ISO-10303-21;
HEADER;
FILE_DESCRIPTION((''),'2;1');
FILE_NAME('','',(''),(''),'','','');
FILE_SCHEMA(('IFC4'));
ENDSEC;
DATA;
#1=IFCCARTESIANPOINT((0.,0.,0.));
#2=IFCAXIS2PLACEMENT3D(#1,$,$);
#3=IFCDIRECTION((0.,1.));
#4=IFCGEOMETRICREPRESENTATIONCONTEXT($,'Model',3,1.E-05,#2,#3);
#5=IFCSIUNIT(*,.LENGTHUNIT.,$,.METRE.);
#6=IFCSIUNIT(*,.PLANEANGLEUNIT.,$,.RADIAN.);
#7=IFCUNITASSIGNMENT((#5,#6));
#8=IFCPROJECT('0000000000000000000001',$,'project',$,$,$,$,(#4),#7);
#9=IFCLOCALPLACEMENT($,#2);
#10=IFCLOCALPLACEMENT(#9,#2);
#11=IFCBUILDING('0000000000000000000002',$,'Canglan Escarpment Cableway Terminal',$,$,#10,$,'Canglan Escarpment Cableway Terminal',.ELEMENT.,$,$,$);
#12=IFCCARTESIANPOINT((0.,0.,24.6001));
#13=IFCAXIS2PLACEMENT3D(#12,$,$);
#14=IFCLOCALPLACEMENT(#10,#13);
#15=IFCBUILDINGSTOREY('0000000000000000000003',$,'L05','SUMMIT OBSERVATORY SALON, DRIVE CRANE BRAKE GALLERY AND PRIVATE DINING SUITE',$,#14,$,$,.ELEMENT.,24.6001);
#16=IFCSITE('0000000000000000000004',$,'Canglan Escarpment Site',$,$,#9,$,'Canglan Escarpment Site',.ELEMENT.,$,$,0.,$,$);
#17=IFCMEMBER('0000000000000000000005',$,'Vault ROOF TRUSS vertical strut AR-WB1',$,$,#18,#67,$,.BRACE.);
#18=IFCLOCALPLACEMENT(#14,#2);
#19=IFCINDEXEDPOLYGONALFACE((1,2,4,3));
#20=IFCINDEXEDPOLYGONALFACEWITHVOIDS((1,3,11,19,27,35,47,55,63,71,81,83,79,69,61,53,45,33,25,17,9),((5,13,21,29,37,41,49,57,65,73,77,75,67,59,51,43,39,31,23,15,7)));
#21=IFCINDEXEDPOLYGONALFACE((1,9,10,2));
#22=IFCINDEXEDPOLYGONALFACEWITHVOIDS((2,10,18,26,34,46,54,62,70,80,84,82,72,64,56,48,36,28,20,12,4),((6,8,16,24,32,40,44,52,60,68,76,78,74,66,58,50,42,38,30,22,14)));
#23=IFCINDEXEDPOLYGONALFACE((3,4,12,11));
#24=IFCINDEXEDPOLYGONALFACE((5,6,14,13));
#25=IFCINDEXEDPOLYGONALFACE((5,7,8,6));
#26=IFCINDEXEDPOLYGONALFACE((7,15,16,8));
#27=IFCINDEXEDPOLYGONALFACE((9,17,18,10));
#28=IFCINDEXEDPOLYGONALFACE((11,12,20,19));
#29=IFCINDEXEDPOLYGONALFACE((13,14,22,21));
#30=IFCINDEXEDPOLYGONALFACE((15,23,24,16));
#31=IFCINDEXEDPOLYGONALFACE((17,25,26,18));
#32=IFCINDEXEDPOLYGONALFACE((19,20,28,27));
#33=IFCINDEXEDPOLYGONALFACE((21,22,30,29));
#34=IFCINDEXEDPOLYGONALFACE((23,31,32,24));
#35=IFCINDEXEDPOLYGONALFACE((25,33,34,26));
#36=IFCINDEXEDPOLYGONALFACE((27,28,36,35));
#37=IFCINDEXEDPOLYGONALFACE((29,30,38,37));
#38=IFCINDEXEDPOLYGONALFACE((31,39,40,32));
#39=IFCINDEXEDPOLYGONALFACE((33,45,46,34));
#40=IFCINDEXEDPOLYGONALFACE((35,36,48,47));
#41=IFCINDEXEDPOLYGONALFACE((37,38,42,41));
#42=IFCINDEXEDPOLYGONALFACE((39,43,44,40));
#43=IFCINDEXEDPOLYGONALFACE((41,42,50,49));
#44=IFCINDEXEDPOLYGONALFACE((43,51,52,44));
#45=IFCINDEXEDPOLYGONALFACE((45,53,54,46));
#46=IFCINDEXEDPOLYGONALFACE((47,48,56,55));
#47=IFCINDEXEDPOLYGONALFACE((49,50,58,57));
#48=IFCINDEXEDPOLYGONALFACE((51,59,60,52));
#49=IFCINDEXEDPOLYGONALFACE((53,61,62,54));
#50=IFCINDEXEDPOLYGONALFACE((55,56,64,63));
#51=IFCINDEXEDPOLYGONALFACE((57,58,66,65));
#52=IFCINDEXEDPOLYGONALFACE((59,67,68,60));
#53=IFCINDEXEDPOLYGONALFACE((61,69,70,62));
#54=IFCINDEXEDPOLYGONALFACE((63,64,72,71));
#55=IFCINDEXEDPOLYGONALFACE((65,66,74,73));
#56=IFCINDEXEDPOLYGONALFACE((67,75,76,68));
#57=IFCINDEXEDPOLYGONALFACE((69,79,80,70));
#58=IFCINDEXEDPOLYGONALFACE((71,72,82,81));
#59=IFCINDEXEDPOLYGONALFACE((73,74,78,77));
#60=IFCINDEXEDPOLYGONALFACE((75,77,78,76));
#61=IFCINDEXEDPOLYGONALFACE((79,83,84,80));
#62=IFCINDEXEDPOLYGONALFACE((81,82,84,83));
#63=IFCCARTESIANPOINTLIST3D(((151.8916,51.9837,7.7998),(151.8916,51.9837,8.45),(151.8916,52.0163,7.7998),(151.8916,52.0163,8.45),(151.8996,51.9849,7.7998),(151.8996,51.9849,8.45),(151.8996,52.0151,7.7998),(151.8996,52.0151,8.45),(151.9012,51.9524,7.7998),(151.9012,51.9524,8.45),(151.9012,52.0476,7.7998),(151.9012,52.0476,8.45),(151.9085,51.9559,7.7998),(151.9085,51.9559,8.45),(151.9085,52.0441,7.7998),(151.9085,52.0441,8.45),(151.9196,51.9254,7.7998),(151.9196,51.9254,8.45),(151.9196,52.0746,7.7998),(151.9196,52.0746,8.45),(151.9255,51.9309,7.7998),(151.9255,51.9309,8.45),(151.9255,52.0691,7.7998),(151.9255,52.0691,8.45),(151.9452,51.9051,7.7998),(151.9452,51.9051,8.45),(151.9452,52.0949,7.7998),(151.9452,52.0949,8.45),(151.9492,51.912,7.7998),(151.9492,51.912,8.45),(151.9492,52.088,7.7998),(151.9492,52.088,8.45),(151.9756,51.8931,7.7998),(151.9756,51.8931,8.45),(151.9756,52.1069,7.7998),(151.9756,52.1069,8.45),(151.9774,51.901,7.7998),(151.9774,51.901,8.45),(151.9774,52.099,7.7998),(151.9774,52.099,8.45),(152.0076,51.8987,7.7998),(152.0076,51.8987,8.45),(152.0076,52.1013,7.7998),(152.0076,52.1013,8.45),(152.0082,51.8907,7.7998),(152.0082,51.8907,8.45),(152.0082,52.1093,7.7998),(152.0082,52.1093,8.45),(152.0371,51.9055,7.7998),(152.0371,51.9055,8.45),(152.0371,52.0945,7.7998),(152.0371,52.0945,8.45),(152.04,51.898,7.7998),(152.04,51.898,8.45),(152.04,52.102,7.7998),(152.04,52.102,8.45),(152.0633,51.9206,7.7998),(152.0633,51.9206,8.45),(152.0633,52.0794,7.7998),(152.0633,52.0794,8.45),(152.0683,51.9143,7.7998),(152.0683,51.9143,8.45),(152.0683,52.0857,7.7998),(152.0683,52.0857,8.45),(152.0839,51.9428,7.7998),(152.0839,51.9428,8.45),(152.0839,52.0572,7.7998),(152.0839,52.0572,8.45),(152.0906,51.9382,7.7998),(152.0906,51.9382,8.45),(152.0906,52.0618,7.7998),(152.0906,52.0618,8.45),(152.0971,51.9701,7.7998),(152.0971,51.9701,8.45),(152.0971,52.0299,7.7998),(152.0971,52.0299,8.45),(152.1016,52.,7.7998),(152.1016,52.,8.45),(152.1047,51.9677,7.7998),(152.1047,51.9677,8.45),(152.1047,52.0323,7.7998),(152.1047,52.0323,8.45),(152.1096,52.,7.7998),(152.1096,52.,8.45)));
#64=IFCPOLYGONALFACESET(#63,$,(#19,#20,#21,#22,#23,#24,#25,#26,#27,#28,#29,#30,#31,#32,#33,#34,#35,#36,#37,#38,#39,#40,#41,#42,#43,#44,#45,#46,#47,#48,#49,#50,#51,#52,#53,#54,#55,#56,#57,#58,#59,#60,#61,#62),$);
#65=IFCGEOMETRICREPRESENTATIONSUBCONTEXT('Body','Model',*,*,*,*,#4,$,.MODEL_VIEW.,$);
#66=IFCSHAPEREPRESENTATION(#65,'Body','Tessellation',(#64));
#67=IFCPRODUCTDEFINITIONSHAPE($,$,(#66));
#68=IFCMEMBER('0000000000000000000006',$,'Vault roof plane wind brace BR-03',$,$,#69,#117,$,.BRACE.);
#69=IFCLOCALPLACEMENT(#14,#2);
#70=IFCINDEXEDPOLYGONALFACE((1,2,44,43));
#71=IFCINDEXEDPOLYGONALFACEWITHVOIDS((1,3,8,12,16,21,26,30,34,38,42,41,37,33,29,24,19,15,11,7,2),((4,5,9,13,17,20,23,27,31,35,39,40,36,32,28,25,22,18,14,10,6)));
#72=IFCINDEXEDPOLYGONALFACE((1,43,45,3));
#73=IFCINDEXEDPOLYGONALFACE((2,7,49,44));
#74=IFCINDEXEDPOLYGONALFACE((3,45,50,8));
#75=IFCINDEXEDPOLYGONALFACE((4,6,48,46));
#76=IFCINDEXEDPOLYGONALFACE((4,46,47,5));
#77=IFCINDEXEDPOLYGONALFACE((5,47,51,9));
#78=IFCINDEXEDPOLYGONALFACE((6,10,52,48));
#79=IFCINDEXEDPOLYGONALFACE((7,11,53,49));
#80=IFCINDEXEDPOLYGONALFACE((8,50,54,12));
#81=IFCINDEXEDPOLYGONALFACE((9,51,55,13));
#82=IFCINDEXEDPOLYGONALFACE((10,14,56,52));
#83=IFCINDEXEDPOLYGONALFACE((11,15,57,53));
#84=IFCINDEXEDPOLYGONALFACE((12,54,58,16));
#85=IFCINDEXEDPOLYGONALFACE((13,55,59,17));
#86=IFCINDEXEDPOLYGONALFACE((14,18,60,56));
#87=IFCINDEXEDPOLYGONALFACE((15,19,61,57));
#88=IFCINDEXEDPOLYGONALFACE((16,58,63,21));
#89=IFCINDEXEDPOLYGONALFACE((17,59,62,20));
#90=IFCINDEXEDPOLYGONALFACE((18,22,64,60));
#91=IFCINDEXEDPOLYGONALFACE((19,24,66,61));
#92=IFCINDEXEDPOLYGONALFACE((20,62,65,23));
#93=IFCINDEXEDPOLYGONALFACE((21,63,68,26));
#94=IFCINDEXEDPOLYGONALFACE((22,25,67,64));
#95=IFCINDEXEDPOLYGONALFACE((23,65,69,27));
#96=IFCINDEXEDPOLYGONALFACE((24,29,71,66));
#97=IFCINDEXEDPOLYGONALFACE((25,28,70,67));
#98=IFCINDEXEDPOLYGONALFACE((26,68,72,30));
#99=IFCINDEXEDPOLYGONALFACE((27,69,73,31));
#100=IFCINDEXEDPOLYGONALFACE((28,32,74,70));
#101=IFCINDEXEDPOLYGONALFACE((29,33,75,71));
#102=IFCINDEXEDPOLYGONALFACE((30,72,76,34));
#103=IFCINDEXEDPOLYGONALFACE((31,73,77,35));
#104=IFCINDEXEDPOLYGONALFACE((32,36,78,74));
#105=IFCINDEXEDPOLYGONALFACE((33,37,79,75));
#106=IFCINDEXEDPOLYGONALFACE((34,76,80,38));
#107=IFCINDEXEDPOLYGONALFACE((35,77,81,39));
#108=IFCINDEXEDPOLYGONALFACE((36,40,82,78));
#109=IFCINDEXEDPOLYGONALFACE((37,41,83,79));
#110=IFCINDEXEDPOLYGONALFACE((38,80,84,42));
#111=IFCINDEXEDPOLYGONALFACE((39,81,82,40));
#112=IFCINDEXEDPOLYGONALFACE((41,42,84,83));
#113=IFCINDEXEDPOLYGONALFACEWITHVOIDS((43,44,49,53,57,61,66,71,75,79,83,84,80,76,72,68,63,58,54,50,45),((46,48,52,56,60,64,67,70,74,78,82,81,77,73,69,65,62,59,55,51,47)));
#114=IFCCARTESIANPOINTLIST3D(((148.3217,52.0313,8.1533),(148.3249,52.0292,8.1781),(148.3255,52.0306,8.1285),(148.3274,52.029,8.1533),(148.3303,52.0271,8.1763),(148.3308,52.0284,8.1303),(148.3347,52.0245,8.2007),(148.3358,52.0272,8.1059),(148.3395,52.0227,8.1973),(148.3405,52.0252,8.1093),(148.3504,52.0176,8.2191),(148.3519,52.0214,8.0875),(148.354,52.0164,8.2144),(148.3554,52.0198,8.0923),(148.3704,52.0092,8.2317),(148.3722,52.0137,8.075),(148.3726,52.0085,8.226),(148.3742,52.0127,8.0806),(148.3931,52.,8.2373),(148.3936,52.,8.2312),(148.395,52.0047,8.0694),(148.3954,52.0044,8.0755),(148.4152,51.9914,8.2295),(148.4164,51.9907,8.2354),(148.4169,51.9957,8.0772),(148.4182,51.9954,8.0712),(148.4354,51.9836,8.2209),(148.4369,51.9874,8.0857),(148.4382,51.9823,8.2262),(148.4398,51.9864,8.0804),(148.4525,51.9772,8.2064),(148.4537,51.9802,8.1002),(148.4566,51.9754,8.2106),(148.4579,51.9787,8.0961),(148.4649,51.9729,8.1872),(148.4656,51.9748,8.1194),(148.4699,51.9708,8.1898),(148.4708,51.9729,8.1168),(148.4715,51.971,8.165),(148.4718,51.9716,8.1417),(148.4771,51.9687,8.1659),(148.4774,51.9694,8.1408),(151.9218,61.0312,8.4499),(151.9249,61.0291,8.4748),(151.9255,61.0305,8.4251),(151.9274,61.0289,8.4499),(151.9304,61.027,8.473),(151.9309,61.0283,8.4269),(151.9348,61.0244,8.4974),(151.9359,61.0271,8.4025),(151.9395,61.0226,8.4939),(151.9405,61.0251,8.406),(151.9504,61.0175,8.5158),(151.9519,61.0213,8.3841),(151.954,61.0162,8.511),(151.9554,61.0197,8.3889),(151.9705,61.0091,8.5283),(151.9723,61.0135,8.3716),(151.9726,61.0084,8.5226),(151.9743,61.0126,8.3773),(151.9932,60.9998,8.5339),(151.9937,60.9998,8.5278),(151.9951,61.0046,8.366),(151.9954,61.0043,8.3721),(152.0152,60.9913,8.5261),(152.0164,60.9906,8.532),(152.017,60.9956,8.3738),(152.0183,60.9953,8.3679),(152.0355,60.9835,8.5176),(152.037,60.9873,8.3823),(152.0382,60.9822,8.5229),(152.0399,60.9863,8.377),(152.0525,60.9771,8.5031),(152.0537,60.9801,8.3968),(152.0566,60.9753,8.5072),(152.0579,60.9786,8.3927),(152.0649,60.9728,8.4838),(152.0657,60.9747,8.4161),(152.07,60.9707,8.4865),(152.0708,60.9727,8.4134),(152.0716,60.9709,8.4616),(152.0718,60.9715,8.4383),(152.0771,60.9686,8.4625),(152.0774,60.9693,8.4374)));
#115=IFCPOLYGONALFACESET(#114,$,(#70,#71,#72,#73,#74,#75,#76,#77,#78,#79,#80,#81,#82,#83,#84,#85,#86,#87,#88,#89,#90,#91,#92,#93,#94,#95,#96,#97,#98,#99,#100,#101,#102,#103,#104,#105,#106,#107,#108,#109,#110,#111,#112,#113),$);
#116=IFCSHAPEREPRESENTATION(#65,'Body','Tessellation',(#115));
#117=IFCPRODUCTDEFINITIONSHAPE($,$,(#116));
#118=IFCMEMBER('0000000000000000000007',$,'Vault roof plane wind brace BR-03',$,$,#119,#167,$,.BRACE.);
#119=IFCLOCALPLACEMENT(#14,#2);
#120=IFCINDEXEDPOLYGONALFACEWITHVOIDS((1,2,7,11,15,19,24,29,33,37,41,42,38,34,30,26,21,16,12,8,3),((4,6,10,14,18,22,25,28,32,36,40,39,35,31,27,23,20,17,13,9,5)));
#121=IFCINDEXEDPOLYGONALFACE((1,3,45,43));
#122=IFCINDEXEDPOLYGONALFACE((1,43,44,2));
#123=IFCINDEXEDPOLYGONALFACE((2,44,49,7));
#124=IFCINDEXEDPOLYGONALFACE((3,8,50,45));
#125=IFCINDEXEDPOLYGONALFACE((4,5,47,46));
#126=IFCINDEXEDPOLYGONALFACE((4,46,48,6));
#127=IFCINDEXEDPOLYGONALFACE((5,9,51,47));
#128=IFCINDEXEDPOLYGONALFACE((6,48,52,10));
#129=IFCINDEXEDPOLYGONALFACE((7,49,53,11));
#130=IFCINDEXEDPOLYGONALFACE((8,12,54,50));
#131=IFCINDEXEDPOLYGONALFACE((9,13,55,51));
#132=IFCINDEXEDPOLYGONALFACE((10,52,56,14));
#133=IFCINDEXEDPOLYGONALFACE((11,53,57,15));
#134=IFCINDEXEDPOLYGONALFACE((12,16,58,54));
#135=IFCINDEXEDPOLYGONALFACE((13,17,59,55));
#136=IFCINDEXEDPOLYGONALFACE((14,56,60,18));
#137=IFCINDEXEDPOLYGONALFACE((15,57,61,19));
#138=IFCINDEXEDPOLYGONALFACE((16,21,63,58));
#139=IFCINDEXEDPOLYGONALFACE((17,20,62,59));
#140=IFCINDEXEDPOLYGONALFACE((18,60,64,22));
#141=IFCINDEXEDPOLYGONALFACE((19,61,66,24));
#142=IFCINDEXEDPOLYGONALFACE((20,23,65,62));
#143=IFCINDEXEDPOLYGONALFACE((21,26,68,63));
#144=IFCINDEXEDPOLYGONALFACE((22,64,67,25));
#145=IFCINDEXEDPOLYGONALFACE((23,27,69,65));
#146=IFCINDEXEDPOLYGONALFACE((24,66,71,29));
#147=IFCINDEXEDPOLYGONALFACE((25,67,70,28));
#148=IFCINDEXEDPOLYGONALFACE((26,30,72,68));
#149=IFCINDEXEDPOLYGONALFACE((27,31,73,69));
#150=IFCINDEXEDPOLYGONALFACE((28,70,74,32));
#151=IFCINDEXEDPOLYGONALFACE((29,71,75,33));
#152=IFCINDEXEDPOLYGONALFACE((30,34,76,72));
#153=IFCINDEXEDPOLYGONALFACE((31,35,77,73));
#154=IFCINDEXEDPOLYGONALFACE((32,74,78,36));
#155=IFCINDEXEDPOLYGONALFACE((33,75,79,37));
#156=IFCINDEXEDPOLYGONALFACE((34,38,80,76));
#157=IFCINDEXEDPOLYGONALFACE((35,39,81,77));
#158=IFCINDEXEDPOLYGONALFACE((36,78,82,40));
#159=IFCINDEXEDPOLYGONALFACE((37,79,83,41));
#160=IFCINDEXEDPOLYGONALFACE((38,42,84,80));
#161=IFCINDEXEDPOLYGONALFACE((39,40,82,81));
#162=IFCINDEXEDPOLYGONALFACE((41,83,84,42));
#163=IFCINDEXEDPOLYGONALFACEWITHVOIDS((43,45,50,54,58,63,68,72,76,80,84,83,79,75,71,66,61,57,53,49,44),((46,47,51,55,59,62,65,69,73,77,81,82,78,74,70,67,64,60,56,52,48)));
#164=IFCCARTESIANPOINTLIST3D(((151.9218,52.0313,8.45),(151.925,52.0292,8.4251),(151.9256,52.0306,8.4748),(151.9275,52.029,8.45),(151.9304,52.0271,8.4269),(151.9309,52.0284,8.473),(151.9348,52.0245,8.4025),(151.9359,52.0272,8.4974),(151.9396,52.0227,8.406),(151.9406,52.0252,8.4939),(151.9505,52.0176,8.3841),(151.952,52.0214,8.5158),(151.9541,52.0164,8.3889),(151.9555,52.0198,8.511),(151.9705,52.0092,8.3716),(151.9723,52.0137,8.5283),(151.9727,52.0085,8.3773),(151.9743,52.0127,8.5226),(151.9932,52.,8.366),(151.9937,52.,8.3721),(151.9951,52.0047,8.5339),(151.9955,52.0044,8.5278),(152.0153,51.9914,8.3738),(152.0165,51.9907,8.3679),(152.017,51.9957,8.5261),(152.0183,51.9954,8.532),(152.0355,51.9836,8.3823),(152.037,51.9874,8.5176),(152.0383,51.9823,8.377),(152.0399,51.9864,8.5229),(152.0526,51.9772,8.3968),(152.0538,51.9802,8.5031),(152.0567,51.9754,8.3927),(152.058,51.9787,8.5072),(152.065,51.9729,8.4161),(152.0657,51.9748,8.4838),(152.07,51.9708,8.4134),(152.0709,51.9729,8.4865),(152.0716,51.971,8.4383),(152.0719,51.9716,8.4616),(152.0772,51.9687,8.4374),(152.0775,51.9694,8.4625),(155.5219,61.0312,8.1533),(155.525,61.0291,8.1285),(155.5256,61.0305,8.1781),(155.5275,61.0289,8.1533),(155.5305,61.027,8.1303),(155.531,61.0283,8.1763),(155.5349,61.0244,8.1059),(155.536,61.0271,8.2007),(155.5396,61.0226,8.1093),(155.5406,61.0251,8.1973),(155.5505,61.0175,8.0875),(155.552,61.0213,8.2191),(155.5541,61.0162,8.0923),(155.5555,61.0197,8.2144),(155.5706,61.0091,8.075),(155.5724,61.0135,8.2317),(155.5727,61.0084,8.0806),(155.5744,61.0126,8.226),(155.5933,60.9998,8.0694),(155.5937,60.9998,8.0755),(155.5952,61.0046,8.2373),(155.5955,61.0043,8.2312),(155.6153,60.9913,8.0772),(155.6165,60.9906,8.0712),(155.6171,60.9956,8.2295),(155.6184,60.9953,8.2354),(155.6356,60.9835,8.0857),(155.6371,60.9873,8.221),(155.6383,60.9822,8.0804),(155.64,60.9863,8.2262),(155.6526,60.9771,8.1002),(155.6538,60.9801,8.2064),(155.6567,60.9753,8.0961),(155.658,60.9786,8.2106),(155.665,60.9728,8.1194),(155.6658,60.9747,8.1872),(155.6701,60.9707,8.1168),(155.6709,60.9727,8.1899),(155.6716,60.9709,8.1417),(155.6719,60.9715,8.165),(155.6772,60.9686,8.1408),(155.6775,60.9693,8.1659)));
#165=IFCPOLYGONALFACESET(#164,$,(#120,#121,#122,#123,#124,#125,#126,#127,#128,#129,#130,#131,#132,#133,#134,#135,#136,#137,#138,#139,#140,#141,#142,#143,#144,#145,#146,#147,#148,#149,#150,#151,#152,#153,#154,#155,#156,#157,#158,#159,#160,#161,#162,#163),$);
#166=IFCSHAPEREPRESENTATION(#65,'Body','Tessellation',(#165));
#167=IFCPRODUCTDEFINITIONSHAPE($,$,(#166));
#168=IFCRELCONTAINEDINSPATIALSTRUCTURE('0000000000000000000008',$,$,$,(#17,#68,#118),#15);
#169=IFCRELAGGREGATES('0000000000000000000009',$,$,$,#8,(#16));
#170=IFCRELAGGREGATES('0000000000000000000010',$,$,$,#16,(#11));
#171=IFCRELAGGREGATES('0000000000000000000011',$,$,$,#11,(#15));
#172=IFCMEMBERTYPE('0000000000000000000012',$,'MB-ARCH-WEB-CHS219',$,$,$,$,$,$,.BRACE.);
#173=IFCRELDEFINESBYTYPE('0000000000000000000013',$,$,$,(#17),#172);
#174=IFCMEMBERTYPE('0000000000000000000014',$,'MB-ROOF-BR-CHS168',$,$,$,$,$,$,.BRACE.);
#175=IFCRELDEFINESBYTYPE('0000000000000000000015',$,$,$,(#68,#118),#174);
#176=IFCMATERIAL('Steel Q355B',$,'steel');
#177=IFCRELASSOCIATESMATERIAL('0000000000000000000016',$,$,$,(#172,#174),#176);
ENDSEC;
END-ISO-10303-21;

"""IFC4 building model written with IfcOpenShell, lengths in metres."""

from ifc_helpers import new_model, si_unit, direction, frame, origin, origin_2d, place, context, subcontext, project, spatial, hollow_circle, extrude, material, material_profile, profile_set, type_object, element, save


model = new_model("IFC4")

# Units and contexts
model_context = context("Model", 3, precision=1e-05, world=origin(), true_north=direction((0.0, 1.0)))
body_context = subcontext(model_context, "Body", "Model", "MODEL_VIEW")
ifc_project = project(units=[si_unit("LENGTHUNIT", "METRE"), si_unit("PLANEANGLEUNIT", "RADIAN")], contexts=[model_context])

# Site, building, storey
site_placement = place(None, origin())
site = spatial("IfcSite", under=ifc_project, at=site_placement, Name="Canglan Escarpment Site", LongName="Canglan Escarpment Site", CompositionType="ELEMENT", RefElevation=0.0)
building_placement = place(site_placement, origin())
building = spatial("IfcBuilding", under=site, at=building_placement, Name="Canglan Escarpment Cableway Terminal", LongName="Canglan Escarpment Cableway Terminal", CompositionType="ELEMENT")
storey_placement = place(building_placement, frame((0.0, 0.0, 24.6001)))
storey = spatial("IfcBuildingStorey", under=building, at=storey_placement, Name="L05", Description="SUMMIT OBSERVATORY SALON, DRIVE CRANE BRAKE GALLERY AND PRIVATE DINING SUITE", CompositionType="ELEMENT", Elevation=24.6001)

# Shared definitions
ifc_material_1 = material(Name="Steel Q355B", Category="steel")

# Members
ifc_material_profile_1 = material_profile(ifc_material_1, hollow_circle(Radius=0.1096, WallThickness=0.0081, at=origin_2d()), Name="CHS 219.1x8")
ifc_profile_set_1 = profile_set([ifc_material_profile_1], Name="Steel Q355B")
member_type_1 = type_object("IfcMemberType", Name="MB-ARCH-WEB-CHS219", PredefinedType="BRACE", material=ifc_profile_set_1)
member_1_placement = place(storey_placement, frame((152.0, 52.0, 7.7998), z_axis=(0.0, 0.0, 1.0), x_axis=(1.0, 0.0, 0.0)))
element("IfcMember", 1, at=member_1_placement, inside=storey, type_object=member_type_1, Name="Vault ROOF TRUSS vertical strut AR-WB1", PredefinedType="BRACE", context=body_context, shape_type="SweptSolid", body=[
    extrude(hollow_circle(Radius=0.1096, WallThickness=0.0081, at=origin_2d()), origin(), (0.0, 0.0, 1.0), 0.6501),
])
ifc_material_profile_2 = material_profile(ifc_material_1, hollow_circle(Radius=0.0842, WallThickness=0.0061, at=origin_2d()), Name="CHS 168.3x6")
ifc_profile_set_2 = profile_set([ifc_material_profile_2], Name="Steel Q355B")
member_type_2 = type_object("IfcMemberType", Name="MB-ROOF-BR-CHS168", PredefinedType="BRACE", material=ifc_profile_set_2)
for number, where, z_axis, x_axis, name in (
    (2, (148.3999, 52.0, 8.1533), (0.371226, 0.928039, 0.030587), (-0.928473, 0.371399, 0.0), "Vault roof plane wind brace BR-03"),
    (3, (152.0, 52.0, 8.45), (0.371226, 0.928039, -0.030587), (-0.928473, 0.371399, 0.0), "Vault roof plane wind brace BR-03"),
):
    element("IfcMember", number, at=place(storey_placement, frame(where, z_axis=z_axis, x_axis=x_axis)), inside=storey, type_object=member_type_2, Name=name, PredefinedType="BRACE", context=body_context, shape_type="SweptSolid", body=[
        extrude(hollow_circle(Radius=0.0842, WallThickness=0.0061, at=origin_2d()), origin(), (0.0, 0.0, 1.0), 9.6978),
    ])

save(model, "model.ifc")
